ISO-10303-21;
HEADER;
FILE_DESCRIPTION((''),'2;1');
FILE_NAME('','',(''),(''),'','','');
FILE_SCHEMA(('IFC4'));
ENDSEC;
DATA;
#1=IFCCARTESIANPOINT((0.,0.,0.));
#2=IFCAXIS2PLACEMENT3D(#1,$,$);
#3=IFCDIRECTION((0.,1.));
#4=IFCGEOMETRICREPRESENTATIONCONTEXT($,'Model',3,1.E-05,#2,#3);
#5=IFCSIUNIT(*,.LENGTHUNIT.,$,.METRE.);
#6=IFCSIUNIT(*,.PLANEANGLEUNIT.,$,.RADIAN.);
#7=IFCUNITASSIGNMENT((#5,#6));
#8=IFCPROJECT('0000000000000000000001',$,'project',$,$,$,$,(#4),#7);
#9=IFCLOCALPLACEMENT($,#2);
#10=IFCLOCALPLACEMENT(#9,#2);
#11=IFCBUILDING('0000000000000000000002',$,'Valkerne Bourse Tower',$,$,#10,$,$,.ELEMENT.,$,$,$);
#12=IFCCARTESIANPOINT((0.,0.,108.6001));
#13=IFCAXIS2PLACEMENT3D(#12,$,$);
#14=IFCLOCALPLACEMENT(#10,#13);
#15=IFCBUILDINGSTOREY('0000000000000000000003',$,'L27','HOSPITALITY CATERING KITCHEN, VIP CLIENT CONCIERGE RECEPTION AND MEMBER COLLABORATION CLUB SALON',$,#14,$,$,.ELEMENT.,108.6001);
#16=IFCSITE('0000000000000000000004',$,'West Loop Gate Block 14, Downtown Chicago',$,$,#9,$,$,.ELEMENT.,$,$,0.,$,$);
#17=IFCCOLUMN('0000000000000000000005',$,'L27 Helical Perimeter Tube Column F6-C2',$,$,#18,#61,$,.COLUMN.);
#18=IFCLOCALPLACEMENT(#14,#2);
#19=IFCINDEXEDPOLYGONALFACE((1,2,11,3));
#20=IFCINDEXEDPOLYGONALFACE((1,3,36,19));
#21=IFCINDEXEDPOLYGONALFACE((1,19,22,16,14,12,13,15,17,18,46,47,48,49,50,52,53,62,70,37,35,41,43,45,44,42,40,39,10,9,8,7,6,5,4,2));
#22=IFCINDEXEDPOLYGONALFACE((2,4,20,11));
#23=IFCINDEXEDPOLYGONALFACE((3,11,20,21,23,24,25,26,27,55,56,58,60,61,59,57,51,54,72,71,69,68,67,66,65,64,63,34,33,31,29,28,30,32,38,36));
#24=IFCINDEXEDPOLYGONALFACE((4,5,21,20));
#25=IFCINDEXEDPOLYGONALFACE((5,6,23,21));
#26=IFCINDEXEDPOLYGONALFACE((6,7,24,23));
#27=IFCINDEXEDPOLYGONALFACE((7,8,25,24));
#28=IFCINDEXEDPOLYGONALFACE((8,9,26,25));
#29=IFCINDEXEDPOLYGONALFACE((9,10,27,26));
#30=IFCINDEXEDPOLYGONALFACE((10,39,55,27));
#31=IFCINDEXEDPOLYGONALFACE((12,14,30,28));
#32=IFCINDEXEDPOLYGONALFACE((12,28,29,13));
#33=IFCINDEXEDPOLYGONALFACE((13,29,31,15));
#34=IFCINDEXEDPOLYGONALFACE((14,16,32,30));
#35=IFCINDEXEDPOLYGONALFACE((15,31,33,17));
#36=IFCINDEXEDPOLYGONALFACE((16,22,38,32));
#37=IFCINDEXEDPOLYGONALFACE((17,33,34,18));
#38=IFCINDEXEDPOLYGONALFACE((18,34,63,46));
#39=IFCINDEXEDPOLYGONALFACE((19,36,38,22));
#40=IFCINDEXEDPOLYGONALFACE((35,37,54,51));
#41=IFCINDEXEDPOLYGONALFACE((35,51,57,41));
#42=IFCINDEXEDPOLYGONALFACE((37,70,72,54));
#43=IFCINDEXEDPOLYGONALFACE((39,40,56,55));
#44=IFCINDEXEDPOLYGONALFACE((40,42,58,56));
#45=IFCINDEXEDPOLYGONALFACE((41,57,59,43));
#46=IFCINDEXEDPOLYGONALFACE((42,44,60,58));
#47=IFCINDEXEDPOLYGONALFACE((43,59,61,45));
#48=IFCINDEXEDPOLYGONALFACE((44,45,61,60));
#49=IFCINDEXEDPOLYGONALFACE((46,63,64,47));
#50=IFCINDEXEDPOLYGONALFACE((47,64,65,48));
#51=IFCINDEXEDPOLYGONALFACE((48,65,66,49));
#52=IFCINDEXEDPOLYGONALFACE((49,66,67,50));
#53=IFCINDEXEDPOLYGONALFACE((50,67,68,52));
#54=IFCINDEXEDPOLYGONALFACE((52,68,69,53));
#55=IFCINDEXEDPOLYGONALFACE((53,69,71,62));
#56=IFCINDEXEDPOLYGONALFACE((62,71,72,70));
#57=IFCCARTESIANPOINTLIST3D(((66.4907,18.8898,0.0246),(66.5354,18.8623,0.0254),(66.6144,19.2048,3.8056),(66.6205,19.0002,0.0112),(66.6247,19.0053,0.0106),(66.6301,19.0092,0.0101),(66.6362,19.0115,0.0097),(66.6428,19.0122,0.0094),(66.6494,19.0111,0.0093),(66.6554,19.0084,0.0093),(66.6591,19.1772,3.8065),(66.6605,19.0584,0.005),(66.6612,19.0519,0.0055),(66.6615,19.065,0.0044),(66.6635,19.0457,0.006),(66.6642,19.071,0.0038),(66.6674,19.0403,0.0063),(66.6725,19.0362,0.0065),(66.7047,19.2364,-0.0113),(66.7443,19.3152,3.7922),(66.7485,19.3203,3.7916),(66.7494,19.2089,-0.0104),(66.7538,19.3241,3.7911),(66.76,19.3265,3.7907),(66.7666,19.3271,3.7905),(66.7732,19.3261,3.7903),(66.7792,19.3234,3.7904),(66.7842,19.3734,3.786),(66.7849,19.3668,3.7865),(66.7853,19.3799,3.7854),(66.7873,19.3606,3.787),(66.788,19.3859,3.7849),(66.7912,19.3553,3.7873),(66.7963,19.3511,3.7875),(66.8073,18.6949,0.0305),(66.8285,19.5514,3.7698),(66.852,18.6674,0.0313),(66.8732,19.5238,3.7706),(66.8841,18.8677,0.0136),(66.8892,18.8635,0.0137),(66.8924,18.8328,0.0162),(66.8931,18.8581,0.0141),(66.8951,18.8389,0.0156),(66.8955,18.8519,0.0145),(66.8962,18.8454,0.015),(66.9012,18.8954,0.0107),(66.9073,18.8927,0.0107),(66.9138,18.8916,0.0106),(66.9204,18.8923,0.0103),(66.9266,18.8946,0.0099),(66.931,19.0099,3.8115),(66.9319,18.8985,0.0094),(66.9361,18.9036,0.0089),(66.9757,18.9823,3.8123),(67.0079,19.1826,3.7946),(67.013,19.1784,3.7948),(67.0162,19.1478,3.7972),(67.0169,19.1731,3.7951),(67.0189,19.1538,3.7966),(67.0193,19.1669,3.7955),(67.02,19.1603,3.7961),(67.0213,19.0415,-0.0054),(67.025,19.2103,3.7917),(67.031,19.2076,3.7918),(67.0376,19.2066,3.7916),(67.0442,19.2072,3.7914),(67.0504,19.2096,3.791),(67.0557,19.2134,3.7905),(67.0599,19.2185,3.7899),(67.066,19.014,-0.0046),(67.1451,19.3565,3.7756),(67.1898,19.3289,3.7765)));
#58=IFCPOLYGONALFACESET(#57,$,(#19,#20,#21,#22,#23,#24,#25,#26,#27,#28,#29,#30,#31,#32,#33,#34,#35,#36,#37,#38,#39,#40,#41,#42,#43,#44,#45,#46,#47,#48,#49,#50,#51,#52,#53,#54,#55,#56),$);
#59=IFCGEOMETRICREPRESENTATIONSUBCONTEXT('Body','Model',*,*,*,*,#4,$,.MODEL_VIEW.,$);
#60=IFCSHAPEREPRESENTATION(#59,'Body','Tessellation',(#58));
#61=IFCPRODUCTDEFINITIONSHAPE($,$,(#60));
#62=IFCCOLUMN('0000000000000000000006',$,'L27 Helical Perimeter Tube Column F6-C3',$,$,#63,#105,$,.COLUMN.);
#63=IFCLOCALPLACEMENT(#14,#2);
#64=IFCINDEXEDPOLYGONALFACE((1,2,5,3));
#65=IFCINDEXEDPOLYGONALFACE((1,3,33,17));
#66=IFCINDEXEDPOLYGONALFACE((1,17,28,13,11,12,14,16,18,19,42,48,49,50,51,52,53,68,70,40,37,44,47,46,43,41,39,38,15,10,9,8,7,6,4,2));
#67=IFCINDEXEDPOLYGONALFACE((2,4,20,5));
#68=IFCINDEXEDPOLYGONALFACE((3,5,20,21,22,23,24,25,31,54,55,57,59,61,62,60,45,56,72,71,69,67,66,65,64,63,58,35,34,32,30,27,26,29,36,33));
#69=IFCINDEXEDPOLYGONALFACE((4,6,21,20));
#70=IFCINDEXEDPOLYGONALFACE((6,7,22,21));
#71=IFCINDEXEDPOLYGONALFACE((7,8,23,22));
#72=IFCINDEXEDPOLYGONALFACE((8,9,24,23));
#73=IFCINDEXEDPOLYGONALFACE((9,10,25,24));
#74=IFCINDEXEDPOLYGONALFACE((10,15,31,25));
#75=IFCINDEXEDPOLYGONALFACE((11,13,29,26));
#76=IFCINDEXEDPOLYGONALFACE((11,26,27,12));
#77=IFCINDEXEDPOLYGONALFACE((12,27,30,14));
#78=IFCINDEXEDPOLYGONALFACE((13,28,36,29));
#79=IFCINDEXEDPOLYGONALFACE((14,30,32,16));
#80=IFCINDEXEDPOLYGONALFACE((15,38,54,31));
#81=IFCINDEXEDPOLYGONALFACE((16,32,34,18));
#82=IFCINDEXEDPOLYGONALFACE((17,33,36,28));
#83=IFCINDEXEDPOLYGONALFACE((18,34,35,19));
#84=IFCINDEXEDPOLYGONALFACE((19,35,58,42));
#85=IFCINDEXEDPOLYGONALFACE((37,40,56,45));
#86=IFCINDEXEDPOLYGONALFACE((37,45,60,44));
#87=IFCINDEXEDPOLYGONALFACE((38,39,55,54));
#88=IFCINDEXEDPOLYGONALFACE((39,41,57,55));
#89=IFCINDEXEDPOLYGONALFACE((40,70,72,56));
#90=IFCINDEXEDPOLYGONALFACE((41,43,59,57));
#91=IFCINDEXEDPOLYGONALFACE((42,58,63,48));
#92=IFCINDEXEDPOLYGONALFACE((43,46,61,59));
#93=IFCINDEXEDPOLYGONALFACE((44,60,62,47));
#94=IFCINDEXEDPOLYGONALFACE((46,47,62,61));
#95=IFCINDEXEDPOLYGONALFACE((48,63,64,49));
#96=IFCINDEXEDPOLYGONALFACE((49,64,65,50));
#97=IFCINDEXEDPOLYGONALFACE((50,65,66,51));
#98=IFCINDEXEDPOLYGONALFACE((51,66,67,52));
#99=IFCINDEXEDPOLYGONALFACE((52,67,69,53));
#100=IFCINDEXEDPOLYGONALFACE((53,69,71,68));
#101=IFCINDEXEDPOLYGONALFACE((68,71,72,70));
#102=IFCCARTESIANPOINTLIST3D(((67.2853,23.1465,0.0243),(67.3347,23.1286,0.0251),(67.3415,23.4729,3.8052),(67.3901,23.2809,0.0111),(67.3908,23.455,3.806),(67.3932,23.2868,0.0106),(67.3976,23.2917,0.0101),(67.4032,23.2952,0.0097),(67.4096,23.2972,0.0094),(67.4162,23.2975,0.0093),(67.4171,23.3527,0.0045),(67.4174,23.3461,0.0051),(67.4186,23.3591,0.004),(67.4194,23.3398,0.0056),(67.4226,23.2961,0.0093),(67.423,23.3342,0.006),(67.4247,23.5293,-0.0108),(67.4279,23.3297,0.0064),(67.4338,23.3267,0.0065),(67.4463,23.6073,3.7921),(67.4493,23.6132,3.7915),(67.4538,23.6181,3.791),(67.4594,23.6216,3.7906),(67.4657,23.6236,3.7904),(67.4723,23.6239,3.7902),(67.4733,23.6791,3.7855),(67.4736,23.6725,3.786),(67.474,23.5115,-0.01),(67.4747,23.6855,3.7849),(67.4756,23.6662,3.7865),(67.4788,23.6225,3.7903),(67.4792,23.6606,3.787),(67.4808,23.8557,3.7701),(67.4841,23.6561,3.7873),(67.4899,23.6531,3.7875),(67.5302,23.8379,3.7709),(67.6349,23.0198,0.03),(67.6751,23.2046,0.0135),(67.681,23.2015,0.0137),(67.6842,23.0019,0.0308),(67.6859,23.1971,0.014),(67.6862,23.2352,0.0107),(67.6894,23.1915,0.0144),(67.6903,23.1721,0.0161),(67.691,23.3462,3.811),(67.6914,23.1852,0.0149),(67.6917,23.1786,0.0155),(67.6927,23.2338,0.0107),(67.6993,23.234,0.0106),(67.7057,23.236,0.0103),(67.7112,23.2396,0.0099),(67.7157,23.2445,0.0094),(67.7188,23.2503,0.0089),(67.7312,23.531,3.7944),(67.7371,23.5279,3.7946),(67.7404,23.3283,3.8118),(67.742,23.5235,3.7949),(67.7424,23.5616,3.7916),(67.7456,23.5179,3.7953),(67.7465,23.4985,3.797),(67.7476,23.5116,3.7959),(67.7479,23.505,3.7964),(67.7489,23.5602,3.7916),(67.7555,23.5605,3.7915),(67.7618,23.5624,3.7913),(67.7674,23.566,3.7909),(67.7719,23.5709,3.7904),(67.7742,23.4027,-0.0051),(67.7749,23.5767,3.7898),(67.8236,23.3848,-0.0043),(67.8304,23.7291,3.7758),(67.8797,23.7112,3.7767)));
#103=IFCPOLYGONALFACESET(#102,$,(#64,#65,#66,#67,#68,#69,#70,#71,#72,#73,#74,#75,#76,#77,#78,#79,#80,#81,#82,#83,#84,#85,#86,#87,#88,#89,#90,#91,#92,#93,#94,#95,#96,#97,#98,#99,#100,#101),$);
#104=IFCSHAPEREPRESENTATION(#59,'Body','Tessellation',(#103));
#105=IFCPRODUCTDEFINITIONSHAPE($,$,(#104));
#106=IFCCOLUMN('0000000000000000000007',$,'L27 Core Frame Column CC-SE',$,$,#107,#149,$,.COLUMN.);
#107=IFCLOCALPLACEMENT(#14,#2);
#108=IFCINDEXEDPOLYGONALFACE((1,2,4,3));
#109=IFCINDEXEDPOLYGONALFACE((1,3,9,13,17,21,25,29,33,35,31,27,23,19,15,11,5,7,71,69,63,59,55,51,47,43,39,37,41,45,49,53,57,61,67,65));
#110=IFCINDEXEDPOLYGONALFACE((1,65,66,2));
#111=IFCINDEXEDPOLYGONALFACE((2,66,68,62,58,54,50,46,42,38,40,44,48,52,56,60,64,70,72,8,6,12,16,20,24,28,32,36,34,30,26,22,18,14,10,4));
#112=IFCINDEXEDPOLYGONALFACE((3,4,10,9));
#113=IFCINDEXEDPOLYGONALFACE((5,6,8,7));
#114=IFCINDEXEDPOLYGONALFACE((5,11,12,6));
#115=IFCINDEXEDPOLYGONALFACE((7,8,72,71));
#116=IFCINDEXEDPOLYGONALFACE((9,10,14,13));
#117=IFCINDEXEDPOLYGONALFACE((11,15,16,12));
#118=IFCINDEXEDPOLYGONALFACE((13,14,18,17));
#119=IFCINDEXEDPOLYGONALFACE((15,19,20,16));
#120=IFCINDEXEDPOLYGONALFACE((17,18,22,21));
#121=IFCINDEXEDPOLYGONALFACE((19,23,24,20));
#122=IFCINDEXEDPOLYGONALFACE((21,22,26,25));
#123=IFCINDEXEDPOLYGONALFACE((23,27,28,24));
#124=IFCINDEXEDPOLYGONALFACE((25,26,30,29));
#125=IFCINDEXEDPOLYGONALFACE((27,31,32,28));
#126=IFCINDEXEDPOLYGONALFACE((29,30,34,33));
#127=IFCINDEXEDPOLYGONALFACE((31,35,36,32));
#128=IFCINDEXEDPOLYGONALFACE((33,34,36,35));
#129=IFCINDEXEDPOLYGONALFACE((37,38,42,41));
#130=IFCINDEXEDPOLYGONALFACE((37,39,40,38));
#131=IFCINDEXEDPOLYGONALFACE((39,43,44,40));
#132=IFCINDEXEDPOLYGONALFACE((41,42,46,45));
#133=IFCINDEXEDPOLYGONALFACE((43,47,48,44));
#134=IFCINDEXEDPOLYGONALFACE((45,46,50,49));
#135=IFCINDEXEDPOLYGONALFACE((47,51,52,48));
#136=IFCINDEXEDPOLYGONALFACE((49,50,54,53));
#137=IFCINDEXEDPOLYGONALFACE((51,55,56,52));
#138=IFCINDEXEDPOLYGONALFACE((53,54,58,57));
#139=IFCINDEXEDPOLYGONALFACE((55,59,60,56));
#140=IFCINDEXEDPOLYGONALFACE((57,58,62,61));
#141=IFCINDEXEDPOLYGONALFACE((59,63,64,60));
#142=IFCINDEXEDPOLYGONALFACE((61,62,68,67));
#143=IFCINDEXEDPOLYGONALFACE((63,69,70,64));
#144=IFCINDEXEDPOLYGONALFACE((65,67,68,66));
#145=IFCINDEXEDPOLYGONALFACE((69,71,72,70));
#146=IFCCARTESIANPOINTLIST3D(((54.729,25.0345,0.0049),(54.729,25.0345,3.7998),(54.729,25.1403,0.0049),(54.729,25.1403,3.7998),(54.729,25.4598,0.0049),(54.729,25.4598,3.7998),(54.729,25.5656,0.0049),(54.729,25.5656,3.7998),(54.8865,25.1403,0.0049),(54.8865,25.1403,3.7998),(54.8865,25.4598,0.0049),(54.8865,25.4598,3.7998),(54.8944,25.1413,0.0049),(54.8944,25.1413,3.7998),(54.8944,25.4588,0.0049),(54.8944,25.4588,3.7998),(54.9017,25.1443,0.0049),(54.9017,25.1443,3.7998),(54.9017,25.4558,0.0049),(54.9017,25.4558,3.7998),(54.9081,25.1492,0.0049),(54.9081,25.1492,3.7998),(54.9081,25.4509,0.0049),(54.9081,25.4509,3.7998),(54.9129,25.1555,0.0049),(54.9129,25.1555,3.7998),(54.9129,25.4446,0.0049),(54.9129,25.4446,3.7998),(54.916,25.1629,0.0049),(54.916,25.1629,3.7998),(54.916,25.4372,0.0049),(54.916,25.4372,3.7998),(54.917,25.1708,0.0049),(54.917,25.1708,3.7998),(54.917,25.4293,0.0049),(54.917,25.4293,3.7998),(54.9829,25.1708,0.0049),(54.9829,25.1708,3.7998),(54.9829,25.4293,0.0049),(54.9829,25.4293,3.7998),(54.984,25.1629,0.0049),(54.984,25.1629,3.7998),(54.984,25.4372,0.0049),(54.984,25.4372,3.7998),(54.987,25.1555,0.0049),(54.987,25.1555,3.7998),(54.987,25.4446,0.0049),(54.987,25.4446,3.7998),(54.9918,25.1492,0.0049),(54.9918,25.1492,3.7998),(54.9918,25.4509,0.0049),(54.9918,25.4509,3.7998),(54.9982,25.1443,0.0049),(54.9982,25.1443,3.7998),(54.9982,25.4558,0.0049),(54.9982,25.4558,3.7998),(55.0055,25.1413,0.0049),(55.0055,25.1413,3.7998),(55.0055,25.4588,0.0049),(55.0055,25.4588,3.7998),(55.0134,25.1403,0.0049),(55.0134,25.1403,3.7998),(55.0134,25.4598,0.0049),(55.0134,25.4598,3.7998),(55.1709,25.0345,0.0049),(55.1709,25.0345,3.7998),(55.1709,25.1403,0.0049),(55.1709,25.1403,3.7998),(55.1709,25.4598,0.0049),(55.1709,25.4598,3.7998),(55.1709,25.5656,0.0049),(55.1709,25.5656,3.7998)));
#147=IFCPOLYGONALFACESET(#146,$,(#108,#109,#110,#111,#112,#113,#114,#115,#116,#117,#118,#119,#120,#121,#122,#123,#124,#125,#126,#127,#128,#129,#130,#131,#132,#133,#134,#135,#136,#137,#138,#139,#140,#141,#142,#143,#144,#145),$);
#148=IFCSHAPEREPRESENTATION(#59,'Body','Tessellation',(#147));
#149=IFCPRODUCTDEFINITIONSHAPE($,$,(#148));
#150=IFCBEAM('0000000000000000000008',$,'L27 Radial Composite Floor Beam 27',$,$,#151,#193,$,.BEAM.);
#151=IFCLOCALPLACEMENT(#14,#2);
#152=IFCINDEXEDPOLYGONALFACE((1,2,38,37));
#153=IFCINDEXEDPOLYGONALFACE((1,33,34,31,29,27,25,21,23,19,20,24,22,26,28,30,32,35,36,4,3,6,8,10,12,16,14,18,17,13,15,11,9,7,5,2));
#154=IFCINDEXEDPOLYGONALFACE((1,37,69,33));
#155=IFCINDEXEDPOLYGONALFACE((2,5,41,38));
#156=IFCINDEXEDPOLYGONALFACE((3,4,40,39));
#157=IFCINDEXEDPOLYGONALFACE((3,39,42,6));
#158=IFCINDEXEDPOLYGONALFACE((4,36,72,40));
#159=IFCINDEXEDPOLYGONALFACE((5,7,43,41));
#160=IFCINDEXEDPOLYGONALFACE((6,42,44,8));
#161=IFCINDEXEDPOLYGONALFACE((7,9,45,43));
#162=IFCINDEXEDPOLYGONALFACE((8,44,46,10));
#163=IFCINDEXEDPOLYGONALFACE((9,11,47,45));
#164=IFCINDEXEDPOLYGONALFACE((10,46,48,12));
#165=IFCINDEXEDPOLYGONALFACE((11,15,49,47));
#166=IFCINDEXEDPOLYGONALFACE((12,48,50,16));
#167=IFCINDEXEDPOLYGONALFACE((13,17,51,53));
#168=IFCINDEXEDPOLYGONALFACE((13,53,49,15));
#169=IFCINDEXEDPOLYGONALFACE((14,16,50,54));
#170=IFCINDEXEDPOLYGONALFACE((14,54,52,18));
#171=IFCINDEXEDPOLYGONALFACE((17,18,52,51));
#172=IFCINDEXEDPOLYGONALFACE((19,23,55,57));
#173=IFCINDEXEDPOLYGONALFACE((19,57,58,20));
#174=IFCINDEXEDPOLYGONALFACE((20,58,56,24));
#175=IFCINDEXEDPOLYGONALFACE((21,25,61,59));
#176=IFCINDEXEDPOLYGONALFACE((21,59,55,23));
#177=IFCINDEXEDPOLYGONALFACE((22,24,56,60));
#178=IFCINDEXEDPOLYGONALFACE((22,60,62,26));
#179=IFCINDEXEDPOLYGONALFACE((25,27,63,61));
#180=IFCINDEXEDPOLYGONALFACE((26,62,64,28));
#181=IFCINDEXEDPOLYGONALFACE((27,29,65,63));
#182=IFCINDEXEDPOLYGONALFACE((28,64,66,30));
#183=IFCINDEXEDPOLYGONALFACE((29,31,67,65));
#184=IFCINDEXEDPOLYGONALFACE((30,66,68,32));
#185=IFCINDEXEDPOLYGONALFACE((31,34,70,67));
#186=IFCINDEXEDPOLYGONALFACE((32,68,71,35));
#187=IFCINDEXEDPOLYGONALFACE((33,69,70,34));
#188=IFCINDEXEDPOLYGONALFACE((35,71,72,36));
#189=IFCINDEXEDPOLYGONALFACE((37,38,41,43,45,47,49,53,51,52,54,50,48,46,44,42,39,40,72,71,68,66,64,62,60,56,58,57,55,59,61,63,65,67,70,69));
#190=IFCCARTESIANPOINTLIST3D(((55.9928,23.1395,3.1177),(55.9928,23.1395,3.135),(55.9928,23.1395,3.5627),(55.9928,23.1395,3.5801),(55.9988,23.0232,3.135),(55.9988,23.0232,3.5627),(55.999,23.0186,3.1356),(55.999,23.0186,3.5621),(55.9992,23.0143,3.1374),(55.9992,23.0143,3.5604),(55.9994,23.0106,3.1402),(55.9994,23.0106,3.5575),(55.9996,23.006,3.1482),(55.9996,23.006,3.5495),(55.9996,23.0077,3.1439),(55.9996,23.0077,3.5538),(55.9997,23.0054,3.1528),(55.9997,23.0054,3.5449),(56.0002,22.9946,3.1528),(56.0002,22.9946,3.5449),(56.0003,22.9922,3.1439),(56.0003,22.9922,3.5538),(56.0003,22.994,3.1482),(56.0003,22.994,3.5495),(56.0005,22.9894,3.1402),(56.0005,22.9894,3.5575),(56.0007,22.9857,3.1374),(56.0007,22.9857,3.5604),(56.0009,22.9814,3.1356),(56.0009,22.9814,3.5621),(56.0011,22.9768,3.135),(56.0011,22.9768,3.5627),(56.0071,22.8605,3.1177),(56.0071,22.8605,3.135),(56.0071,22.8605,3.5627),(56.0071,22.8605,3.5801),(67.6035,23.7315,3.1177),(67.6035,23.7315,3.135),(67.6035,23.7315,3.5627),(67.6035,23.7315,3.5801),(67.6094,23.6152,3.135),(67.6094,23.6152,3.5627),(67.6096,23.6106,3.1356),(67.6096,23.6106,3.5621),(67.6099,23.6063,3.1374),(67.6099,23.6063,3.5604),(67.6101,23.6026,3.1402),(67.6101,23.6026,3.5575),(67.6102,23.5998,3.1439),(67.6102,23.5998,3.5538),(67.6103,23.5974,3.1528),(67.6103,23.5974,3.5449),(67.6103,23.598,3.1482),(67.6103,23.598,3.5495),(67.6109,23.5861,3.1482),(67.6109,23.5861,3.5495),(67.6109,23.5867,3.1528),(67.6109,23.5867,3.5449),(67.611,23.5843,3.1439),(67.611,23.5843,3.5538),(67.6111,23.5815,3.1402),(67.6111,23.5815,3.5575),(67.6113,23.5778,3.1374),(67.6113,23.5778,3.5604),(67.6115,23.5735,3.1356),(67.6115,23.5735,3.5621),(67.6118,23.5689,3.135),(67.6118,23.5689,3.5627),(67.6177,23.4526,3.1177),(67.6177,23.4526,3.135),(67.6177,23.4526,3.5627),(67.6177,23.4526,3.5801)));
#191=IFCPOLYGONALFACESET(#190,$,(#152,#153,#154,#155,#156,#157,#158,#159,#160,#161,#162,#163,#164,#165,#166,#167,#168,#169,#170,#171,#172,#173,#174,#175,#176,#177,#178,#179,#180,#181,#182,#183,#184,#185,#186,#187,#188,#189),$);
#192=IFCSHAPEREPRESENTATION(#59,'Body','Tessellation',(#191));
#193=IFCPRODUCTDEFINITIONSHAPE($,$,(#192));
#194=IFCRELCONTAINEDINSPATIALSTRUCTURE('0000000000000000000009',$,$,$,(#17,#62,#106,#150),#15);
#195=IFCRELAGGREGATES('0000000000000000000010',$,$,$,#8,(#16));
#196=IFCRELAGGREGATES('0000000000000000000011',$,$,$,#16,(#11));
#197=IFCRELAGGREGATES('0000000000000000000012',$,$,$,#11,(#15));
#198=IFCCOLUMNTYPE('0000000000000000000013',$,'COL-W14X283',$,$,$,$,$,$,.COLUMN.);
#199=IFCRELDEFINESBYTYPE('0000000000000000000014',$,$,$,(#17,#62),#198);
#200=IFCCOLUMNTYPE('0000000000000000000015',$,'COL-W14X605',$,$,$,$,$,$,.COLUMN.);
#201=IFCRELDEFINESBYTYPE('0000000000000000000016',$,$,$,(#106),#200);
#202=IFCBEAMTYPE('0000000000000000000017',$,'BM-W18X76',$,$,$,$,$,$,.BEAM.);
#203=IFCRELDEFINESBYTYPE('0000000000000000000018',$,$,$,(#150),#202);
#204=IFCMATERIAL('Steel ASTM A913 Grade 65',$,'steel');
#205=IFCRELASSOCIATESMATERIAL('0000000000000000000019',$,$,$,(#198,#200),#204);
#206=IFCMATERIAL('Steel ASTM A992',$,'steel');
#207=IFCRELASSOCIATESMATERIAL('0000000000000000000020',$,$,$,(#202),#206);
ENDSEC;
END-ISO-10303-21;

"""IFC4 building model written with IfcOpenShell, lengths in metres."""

from ifc_helpers import new_model, si_unit, direction, frame, origin, origin_2d, place, context, subcontext, project, spatial, i_section, extrude, material, material_profile, profile_set, type_object, element, save


model = new_model("IFC4")

# Units and contexts
model_context = context("Model", 3, precision=1e-05, world=origin(), true_north=direction((0.0, 1.0)))
body_context = subcontext(model_context, "Body", "Model", "MODEL_VIEW")
ifc_project = project(units=[si_unit("LENGTHUNIT", "METRE"), si_unit("PLANEANGLEUNIT", "RADIAN")], contexts=[model_context])

# Site, building, storey
site_placement = place(None, origin())
site = spatial("IfcSite", under=ifc_project, at=site_placement, Name="West Loop Gate Block 14, Downtown Chicago", CompositionType="ELEMENT", RefElevation=0.0)
building_placement = place(site_placement, origin())
building = spatial("IfcBuilding", under=site, at=building_placement, Name="Valkerne Bourse Tower", CompositionType="ELEMENT")
storey_placement = place(building_placement, frame((0.0, 0.0, 108.6001)))
storey = spatial("IfcBuildingStorey", under=building, at=storey_placement, Name="L27", Description="HOSPITALITY CATERING KITCHEN, VIP CLIENT CONCIERGE RECEPTION AND MEMBER COLLABORATION CLUB SALON", CompositionType="ELEMENT", Elevation=108.6001)

# Columns
ifc_material_1 = material(Name="Steel ASTM A913 Grade 65", Category="steel")
ifc_material_profile_1 = material_profile(ifc_material_1, i_section(OverallWidth=0.4089, OverallDepth=0.4243, WebThickness=0.0327, FlangeThickness=0.0525, FilletRadius=0.0254, at=origin_2d()), Name="W14X283")
ifc_profile_set_1 = profile_set([ifc_material_profile_1], Name="Steel ASTM A913 Grade 65")
column_type_1 = type_object("IfcColumnType", Name="COL-W14X283", PredefinedType="COLUMN", material=ifc_profile_set_1)
column_1_placement = place(storey_placement, frame((66.7783, 18.9519, 0.01), z_axis=(0.032607, 0.082964, 0.996019), x_axis=(-0.523385, -0.847568, 0.087733)))
element("IfcColumn", 1, at=column_1_placement, inside=storey, type_object=column_type_1, Name="L27 Helical Perimeter Tube Column F6-C2", PredefinedType="COLUMN", context=body_context, shape_type="SweptSolid", body=[
    extrude(i_section(OverallWidth=0.4089, OverallDepth=0.4243, WebThickness=0.0327, FlangeThickness=0.0525, FilletRadius=0.0254, at=origin_2d()), origin(), (0.0, 0.0, 1.0), 3.7961),
])
column_2_placement = place(storey_placement, frame((67.5544, 23.2656, 0.01), z_axis=(0.014795, 0.086001, 0.996185), x_axis=(-0.340742, -0.936226, 0.085885)))
element("IfcColumn", 2, at=column_2_placement, inside=storey, type_object=column_type_1, Name="L27 Helical Perimeter Tube Column F6-C3", PredefinedType="COLUMN", context=body_context, shape_type="SweptSolid", body=[
    extrude(i_section(OverallWidth=0.4089, OverallDepth=0.4243, WebThickness=0.0327, FlangeThickness=0.0525, FilletRadius=0.0254, at=origin_2d()), origin(), (0.0, 0.0, 1.0), 3.7954),
])
ifc_material_profile_2 = material_profile(ifc_material_1, i_section(OverallWidth=0.4419, OverallDepth=0.531, WebThickness=0.0659, FlangeThickness=0.1057, FilletRadius=0.0305, at=origin_2d()), Name="W14X605")
ifc_profile_set_2 = profile_set([ifc_material_profile_2], Name="Steel ASTM A913 Grade 65")
column_type_2 = type_object("IfcColumnType", Name="COL-W14X605", PredefinedType="COLUMN", material=ifc_profile_set_2)
column_3_placement = place(storey_placement, frame((54.95, 25.3, 0.0049), z_axis=(0.0, 0.0, 1.0), x_axis=(1.0, 0.0, 0.0)))
element("IfcColumn", 3, at=column_3_placement, inside=storey, type_object=column_type_2, Name="L27 Core Frame Column CC-SE", PredefinedType="COLUMN", context=body_context, shape_type="SweptSolid", body=[
    extrude(i_section(OverallWidth=0.4419, OverallDepth=0.531, WebThickness=0.0659, FlangeThickness=0.1057, FilletRadius=0.0305, at=origin_2d()), origin(), (0.0, 0.0, 1.0), 3.7949),
])

# Beam
ifc_material_2 = material(Name="Steel ASTM A992", Category="steel")
ifc_material_profile_3 = material_profile(ifc_material_2, i_section(OverallWidth=0.2793, OverallDepth=0.4624, WebThickness=0.0107, FlangeThickness=0.0173, FilletRadius=0.0178, at=origin_2d()), Name="W18X76")
ifc_profile_set_3 = profile_set([ifc_material_profile_3], Name="Steel ASTM A992")
beam_type_1 = type_object("IfcBeamType", Name="BM-W18X76", PredefinedType="BEAM", material=ifc_profile_set_3)
beam_1_placement = place(storey_placement, frame((67.6106, 23.592, 3.3489), z_axis=(-0.998702, -0.050925, 0.0), x_axis=(0.050925, -0.998702, 0.0)))
element("IfcBeam", 4, at=beam_1_placement, inside=storey, type_object=beam_type_1, Name="L27 Radial Composite Floor Beam 27", PredefinedType="BEAM", context=body_context, shape_type="SweptSolid", body=[
    extrude(i_section(OverallWidth=0.2793, OverallDepth=0.4624, WebThickness=0.0107, FlangeThickness=0.0173, FilletRadius=0.0178, at=origin_2d()), origin(), (0.0, 0.0, 1.0), 11.6257),
])

save(model, "model.ifc")
